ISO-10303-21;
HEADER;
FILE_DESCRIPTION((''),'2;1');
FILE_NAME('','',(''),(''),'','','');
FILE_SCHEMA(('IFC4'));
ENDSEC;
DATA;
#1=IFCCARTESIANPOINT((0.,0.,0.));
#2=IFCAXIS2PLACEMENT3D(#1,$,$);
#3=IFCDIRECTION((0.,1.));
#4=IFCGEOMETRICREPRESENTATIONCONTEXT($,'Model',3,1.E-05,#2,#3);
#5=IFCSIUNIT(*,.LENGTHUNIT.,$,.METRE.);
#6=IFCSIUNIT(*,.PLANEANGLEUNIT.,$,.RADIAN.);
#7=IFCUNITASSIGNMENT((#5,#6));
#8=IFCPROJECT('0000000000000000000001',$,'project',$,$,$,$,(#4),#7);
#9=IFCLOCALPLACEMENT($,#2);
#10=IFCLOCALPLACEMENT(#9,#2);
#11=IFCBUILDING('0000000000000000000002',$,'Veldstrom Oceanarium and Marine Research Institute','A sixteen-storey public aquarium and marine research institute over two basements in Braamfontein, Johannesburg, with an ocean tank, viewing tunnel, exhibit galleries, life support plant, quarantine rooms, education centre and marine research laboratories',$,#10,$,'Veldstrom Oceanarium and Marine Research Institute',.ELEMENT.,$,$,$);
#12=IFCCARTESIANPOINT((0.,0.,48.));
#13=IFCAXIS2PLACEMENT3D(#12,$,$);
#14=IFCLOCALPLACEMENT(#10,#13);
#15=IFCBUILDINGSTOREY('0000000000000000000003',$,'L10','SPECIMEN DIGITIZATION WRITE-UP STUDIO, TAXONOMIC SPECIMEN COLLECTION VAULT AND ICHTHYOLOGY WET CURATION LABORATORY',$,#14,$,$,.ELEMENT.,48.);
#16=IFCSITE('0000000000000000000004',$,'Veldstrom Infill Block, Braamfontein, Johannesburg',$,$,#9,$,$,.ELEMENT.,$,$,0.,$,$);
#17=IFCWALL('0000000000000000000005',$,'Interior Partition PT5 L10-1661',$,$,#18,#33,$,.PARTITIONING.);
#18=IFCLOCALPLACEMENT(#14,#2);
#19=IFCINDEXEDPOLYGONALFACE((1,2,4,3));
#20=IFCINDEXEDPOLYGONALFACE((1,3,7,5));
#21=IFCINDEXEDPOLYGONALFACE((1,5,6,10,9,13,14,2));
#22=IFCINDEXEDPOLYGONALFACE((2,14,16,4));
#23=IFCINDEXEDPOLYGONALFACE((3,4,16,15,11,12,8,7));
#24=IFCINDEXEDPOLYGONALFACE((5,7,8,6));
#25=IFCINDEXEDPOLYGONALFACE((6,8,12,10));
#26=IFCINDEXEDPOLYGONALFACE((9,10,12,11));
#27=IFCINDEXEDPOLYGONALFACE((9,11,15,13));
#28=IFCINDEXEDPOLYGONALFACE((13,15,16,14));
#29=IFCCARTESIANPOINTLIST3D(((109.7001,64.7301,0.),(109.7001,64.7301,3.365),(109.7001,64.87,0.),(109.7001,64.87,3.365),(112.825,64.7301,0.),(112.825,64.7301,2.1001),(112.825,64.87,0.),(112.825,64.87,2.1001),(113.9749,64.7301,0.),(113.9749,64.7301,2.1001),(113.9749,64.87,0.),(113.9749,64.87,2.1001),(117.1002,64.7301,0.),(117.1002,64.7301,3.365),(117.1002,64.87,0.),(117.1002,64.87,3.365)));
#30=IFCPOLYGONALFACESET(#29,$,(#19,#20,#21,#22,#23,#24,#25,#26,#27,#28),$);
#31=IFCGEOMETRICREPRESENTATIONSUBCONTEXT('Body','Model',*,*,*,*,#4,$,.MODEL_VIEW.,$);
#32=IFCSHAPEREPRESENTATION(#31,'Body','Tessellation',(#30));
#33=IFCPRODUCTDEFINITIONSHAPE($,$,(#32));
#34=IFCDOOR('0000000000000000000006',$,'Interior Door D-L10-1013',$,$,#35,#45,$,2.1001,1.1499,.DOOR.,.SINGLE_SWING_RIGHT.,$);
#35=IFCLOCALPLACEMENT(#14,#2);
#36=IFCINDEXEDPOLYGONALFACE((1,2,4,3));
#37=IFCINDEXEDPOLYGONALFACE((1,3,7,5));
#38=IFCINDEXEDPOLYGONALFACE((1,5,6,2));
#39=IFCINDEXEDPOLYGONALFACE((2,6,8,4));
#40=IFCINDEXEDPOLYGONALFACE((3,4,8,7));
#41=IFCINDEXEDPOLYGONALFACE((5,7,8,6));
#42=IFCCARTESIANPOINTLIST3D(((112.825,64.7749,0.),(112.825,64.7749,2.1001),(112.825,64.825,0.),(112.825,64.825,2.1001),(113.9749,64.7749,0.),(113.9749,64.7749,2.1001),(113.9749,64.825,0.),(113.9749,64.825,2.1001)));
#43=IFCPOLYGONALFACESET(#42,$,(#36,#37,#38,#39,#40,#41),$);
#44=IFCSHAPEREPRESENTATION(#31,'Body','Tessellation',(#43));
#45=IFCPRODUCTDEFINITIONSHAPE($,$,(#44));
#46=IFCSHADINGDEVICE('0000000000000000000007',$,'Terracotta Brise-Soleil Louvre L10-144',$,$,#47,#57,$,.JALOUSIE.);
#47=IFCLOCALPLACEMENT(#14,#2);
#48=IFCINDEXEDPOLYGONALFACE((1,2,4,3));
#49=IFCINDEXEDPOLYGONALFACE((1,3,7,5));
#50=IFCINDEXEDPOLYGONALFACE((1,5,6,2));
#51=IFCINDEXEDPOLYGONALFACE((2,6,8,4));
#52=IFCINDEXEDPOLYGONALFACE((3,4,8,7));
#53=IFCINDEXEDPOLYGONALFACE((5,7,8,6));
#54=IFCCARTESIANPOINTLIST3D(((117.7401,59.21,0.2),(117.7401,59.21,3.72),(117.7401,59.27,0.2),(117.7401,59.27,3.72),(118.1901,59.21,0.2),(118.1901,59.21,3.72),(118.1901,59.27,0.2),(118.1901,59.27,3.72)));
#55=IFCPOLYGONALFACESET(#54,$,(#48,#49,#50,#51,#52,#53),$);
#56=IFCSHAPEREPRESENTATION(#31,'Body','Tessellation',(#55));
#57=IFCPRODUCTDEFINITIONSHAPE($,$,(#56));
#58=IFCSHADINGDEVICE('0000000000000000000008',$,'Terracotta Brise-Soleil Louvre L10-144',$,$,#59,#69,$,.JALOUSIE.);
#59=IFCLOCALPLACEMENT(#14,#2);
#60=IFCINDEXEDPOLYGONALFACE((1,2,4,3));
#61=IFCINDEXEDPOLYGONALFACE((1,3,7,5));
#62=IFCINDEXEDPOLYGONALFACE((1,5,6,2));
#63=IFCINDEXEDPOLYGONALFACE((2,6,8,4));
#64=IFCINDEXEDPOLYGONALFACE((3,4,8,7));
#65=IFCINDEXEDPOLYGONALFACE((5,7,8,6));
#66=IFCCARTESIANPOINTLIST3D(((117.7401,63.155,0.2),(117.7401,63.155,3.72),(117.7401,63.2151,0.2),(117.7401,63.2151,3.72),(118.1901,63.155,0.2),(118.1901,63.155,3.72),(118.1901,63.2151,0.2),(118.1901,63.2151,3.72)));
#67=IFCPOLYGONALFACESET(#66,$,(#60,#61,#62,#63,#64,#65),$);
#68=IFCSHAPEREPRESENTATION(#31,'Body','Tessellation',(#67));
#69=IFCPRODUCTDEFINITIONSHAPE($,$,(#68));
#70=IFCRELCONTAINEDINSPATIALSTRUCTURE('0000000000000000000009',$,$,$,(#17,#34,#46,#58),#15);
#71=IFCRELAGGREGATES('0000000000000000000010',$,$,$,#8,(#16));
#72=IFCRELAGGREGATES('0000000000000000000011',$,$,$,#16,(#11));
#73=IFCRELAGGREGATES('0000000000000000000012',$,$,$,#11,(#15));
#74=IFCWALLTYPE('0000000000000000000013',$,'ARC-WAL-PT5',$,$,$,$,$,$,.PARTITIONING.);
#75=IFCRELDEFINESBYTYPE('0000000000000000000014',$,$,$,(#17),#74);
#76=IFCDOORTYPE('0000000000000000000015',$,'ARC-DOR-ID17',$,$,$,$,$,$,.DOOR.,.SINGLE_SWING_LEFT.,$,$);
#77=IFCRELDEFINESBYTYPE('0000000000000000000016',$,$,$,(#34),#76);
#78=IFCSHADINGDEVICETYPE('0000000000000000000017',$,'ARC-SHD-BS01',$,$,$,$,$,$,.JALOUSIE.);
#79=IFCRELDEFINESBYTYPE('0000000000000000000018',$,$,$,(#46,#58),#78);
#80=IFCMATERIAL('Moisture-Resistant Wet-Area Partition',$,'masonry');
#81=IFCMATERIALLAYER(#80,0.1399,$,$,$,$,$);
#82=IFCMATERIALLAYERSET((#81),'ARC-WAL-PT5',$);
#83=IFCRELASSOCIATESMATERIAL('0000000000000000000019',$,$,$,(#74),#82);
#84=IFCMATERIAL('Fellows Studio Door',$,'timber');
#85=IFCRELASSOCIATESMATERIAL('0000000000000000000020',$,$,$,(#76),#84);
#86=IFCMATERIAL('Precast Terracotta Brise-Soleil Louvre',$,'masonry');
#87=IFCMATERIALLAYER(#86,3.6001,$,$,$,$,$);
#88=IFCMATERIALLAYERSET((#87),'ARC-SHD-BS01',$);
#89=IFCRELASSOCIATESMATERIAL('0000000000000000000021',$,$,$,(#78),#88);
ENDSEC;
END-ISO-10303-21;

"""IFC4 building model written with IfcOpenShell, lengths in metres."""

from ifc_helpers import new_model, si_unit, direction, frame, frame_2d, origin, origin_2d, place, context, subcontext, project, spatial, rectangle, extrude, material, layer, layer_set, type_object, element, fill, save


model = new_model("IFC4")

# Units and contexts
model_context = context("Model", 3, precision=1e-05, world=origin(), true_north=direction((0.0, 1.0)))
body_context = subcontext(model_context, "Body", "Model", "MODEL_VIEW")
ifc_project = project(units=[si_unit("LENGTHUNIT", "METRE"), si_unit("PLANEANGLEUNIT", "RADIAN")], contexts=[model_context])

# Site, building, storey
site_placement = place(None, origin())
site = spatial("IfcSite", under=ifc_project, at=site_placement, Name="Veldstrom Infill Block, Braamfontein, Johannesburg", CompositionType="ELEMENT", RefElevation=0.0)
building_placement = place(site_placement, origin())
building = spatial("IfcBuilding", under=site, at=building_placement, Name="Veldstrom Oceanarium and Marine Research Institute", Description="A sixteen-storey public aquarium and marine research institute over two basements in Braamfontein, Johannesburg, with an ocean tank, viewing tunnel, exhibit galleries, life support plant, quarantine rooms, education centre and marine research laboratories", LongName="Veldstrom Oceanarium and Marine Research Institute", CompositionType="ELEMENT")
storey_placement = place(building_placement, frame((0.0, 0.0, 48.0)))
storey = spatial("IfcBuildingStorey", under=building, at=storey_placement, Name="L10", Description="SPECIMEN DIGITIZATION WRITE-UP STUDIO, TAXONOMIC SPECIMEN COLLECTION VAULT AND ICHTHYOLOGY WET CURATION LABORATORY", CompositionType="ELEMENT", Elevation=48.0)

# Wall, opening, door
ifc_material_1 = material(Name="Moisture-Resistant Wet-Area Partition", Category="masonry")
ifc_layer_1 = layer(ifc_material_1, 0.1399)
ifc_layer_set_1 = layer_set([ifc_layer_1], Name="ARC-WAL-PT5")
wall_type_1 = type_object("IfcWallType", Name="ARC-WAL-PT5", PredefinedType="PARTITIONING", material=ifc_layer_set_1)
wall_1_placement = place(storey_placement, frame((109.7, 64.8, 0.0), z_axis=(0.0, 0.0, 1.0), x_axis=(1.0, 0.0, 0.0)))
wall_1 = element("IfcWall", 1, at=wall_1_placement, inside=storey, type_object=wall_type_1, Name="Interior Partition PT5 L10-1661", PredefinedType="PARTITIONING", context=body_context, shape_type="SweptSolid", body=[
    extrude(rectangle(XDim=7.4001, YDim=0.1399, at=frame_2d((3.7002, 0.0))), origin(), (0.0, 0.0, 1.0), 3.365),
])
opening_1_placement = place(wall_1_placement, frame((3.125, 0.0, 0.0)))
opening_1 = element("IfcOpeningElement", 2, at=opening_1_placement, cuts=wall_1, PredefinedType="OPENING", context=body_context, shape_type="SweptSolid", body=[
    extrude(rectangle(XDim=1.1499, YDim=2.1001, at=frame_2d((0.575, 1.05))), frame((0.0, 0.0798, 0.0), z_axis=(0.0, -1.0, 0.0), x_axis=(1.0, 0.0, 0.0)), (0.0, 0.0, 1.0), 0.1599),
])
ifc_material_2 = material(Name="Fellows Studio Door", Category="timber")
door_type_1 = type_object("IfcDoorType", Name="ARC-DOR-ID17", OperationType="SINGLE_SWING_LEFT", PredefinedType="DOOR", material=ifc_material_2)
door_1_placement = place(opening_1_placement, origin())
door_1 = element("IfcDoor", 3, at=door_1_placement, inside=storey, type_object=door_type_1, Name="Interior Door D-L10-1013", OperationType="SINGLE_SWING_RIGHT", OverallHeight=2.1001, OverallWidth=1.1499, PredefinedType="DOOR", context=body_context, shape_type="SweptSolid", body=[
    extrude(rectangle(XDim=1.1499, YDim=2.1001, at=frame_2d((0.575, 1.05))), frame((0.0, 0.0249, 0.0), z_axis=(0.0, -1.0, 0.0), x_axis=(1.0, 0.0, 0.0)), (0.0, 0.0, 1.0), 0.05),
])
fill(opening_1, door_1)

# Shading devices
ifc_material_3 = material(Name="Precast Terracotta Brise-Soleil Louvre", Category="masonry")
ifc_layer_2 = layer(ifc_material_3, 3.6001)
ifc_layer_set_2 = layer_set([ifc_layer_2], Name="ARC-SHD-BS01")
shading_device_type = type_object("IfcShadingDeviceType", Name="ARC-SHD-BS01", PredefinedType="JALOUSIE", material=ifc_layer_set_2)
for number, where, z_axis, x_axis, name in (
    (4, (117.9651, 59.24, 0.2), (0.0, 0.0, 1.0), (1.0, 0.0, 0.0), "Terracotta Brise-Soleil Louvre L10-144"),
    (5, (117.9651, 63.1851, 0.2), (0.0, 0.0, 1.0), (1.0, 0.0, 0.0), "Terracotta Brise-Soleil Louvre L10-144"),
):
    element("IfcShadingDevice", number, at=place(storey_placement, frame(where, z_axis=z_axis, x_axis=x_axis)), inside=storey, type_object=shading_device_type, Name=name, PredefinedType="JALOUSIE", context=body_context, shape_type="SweptSolid", body=[
        extrude(rectangle(XDim=0.45, YDim=0.0601, at=origin_2d()), origin(), (0.0, 0.0, 1.0), 3.52),
    ])

save(model, "model.ifc")
